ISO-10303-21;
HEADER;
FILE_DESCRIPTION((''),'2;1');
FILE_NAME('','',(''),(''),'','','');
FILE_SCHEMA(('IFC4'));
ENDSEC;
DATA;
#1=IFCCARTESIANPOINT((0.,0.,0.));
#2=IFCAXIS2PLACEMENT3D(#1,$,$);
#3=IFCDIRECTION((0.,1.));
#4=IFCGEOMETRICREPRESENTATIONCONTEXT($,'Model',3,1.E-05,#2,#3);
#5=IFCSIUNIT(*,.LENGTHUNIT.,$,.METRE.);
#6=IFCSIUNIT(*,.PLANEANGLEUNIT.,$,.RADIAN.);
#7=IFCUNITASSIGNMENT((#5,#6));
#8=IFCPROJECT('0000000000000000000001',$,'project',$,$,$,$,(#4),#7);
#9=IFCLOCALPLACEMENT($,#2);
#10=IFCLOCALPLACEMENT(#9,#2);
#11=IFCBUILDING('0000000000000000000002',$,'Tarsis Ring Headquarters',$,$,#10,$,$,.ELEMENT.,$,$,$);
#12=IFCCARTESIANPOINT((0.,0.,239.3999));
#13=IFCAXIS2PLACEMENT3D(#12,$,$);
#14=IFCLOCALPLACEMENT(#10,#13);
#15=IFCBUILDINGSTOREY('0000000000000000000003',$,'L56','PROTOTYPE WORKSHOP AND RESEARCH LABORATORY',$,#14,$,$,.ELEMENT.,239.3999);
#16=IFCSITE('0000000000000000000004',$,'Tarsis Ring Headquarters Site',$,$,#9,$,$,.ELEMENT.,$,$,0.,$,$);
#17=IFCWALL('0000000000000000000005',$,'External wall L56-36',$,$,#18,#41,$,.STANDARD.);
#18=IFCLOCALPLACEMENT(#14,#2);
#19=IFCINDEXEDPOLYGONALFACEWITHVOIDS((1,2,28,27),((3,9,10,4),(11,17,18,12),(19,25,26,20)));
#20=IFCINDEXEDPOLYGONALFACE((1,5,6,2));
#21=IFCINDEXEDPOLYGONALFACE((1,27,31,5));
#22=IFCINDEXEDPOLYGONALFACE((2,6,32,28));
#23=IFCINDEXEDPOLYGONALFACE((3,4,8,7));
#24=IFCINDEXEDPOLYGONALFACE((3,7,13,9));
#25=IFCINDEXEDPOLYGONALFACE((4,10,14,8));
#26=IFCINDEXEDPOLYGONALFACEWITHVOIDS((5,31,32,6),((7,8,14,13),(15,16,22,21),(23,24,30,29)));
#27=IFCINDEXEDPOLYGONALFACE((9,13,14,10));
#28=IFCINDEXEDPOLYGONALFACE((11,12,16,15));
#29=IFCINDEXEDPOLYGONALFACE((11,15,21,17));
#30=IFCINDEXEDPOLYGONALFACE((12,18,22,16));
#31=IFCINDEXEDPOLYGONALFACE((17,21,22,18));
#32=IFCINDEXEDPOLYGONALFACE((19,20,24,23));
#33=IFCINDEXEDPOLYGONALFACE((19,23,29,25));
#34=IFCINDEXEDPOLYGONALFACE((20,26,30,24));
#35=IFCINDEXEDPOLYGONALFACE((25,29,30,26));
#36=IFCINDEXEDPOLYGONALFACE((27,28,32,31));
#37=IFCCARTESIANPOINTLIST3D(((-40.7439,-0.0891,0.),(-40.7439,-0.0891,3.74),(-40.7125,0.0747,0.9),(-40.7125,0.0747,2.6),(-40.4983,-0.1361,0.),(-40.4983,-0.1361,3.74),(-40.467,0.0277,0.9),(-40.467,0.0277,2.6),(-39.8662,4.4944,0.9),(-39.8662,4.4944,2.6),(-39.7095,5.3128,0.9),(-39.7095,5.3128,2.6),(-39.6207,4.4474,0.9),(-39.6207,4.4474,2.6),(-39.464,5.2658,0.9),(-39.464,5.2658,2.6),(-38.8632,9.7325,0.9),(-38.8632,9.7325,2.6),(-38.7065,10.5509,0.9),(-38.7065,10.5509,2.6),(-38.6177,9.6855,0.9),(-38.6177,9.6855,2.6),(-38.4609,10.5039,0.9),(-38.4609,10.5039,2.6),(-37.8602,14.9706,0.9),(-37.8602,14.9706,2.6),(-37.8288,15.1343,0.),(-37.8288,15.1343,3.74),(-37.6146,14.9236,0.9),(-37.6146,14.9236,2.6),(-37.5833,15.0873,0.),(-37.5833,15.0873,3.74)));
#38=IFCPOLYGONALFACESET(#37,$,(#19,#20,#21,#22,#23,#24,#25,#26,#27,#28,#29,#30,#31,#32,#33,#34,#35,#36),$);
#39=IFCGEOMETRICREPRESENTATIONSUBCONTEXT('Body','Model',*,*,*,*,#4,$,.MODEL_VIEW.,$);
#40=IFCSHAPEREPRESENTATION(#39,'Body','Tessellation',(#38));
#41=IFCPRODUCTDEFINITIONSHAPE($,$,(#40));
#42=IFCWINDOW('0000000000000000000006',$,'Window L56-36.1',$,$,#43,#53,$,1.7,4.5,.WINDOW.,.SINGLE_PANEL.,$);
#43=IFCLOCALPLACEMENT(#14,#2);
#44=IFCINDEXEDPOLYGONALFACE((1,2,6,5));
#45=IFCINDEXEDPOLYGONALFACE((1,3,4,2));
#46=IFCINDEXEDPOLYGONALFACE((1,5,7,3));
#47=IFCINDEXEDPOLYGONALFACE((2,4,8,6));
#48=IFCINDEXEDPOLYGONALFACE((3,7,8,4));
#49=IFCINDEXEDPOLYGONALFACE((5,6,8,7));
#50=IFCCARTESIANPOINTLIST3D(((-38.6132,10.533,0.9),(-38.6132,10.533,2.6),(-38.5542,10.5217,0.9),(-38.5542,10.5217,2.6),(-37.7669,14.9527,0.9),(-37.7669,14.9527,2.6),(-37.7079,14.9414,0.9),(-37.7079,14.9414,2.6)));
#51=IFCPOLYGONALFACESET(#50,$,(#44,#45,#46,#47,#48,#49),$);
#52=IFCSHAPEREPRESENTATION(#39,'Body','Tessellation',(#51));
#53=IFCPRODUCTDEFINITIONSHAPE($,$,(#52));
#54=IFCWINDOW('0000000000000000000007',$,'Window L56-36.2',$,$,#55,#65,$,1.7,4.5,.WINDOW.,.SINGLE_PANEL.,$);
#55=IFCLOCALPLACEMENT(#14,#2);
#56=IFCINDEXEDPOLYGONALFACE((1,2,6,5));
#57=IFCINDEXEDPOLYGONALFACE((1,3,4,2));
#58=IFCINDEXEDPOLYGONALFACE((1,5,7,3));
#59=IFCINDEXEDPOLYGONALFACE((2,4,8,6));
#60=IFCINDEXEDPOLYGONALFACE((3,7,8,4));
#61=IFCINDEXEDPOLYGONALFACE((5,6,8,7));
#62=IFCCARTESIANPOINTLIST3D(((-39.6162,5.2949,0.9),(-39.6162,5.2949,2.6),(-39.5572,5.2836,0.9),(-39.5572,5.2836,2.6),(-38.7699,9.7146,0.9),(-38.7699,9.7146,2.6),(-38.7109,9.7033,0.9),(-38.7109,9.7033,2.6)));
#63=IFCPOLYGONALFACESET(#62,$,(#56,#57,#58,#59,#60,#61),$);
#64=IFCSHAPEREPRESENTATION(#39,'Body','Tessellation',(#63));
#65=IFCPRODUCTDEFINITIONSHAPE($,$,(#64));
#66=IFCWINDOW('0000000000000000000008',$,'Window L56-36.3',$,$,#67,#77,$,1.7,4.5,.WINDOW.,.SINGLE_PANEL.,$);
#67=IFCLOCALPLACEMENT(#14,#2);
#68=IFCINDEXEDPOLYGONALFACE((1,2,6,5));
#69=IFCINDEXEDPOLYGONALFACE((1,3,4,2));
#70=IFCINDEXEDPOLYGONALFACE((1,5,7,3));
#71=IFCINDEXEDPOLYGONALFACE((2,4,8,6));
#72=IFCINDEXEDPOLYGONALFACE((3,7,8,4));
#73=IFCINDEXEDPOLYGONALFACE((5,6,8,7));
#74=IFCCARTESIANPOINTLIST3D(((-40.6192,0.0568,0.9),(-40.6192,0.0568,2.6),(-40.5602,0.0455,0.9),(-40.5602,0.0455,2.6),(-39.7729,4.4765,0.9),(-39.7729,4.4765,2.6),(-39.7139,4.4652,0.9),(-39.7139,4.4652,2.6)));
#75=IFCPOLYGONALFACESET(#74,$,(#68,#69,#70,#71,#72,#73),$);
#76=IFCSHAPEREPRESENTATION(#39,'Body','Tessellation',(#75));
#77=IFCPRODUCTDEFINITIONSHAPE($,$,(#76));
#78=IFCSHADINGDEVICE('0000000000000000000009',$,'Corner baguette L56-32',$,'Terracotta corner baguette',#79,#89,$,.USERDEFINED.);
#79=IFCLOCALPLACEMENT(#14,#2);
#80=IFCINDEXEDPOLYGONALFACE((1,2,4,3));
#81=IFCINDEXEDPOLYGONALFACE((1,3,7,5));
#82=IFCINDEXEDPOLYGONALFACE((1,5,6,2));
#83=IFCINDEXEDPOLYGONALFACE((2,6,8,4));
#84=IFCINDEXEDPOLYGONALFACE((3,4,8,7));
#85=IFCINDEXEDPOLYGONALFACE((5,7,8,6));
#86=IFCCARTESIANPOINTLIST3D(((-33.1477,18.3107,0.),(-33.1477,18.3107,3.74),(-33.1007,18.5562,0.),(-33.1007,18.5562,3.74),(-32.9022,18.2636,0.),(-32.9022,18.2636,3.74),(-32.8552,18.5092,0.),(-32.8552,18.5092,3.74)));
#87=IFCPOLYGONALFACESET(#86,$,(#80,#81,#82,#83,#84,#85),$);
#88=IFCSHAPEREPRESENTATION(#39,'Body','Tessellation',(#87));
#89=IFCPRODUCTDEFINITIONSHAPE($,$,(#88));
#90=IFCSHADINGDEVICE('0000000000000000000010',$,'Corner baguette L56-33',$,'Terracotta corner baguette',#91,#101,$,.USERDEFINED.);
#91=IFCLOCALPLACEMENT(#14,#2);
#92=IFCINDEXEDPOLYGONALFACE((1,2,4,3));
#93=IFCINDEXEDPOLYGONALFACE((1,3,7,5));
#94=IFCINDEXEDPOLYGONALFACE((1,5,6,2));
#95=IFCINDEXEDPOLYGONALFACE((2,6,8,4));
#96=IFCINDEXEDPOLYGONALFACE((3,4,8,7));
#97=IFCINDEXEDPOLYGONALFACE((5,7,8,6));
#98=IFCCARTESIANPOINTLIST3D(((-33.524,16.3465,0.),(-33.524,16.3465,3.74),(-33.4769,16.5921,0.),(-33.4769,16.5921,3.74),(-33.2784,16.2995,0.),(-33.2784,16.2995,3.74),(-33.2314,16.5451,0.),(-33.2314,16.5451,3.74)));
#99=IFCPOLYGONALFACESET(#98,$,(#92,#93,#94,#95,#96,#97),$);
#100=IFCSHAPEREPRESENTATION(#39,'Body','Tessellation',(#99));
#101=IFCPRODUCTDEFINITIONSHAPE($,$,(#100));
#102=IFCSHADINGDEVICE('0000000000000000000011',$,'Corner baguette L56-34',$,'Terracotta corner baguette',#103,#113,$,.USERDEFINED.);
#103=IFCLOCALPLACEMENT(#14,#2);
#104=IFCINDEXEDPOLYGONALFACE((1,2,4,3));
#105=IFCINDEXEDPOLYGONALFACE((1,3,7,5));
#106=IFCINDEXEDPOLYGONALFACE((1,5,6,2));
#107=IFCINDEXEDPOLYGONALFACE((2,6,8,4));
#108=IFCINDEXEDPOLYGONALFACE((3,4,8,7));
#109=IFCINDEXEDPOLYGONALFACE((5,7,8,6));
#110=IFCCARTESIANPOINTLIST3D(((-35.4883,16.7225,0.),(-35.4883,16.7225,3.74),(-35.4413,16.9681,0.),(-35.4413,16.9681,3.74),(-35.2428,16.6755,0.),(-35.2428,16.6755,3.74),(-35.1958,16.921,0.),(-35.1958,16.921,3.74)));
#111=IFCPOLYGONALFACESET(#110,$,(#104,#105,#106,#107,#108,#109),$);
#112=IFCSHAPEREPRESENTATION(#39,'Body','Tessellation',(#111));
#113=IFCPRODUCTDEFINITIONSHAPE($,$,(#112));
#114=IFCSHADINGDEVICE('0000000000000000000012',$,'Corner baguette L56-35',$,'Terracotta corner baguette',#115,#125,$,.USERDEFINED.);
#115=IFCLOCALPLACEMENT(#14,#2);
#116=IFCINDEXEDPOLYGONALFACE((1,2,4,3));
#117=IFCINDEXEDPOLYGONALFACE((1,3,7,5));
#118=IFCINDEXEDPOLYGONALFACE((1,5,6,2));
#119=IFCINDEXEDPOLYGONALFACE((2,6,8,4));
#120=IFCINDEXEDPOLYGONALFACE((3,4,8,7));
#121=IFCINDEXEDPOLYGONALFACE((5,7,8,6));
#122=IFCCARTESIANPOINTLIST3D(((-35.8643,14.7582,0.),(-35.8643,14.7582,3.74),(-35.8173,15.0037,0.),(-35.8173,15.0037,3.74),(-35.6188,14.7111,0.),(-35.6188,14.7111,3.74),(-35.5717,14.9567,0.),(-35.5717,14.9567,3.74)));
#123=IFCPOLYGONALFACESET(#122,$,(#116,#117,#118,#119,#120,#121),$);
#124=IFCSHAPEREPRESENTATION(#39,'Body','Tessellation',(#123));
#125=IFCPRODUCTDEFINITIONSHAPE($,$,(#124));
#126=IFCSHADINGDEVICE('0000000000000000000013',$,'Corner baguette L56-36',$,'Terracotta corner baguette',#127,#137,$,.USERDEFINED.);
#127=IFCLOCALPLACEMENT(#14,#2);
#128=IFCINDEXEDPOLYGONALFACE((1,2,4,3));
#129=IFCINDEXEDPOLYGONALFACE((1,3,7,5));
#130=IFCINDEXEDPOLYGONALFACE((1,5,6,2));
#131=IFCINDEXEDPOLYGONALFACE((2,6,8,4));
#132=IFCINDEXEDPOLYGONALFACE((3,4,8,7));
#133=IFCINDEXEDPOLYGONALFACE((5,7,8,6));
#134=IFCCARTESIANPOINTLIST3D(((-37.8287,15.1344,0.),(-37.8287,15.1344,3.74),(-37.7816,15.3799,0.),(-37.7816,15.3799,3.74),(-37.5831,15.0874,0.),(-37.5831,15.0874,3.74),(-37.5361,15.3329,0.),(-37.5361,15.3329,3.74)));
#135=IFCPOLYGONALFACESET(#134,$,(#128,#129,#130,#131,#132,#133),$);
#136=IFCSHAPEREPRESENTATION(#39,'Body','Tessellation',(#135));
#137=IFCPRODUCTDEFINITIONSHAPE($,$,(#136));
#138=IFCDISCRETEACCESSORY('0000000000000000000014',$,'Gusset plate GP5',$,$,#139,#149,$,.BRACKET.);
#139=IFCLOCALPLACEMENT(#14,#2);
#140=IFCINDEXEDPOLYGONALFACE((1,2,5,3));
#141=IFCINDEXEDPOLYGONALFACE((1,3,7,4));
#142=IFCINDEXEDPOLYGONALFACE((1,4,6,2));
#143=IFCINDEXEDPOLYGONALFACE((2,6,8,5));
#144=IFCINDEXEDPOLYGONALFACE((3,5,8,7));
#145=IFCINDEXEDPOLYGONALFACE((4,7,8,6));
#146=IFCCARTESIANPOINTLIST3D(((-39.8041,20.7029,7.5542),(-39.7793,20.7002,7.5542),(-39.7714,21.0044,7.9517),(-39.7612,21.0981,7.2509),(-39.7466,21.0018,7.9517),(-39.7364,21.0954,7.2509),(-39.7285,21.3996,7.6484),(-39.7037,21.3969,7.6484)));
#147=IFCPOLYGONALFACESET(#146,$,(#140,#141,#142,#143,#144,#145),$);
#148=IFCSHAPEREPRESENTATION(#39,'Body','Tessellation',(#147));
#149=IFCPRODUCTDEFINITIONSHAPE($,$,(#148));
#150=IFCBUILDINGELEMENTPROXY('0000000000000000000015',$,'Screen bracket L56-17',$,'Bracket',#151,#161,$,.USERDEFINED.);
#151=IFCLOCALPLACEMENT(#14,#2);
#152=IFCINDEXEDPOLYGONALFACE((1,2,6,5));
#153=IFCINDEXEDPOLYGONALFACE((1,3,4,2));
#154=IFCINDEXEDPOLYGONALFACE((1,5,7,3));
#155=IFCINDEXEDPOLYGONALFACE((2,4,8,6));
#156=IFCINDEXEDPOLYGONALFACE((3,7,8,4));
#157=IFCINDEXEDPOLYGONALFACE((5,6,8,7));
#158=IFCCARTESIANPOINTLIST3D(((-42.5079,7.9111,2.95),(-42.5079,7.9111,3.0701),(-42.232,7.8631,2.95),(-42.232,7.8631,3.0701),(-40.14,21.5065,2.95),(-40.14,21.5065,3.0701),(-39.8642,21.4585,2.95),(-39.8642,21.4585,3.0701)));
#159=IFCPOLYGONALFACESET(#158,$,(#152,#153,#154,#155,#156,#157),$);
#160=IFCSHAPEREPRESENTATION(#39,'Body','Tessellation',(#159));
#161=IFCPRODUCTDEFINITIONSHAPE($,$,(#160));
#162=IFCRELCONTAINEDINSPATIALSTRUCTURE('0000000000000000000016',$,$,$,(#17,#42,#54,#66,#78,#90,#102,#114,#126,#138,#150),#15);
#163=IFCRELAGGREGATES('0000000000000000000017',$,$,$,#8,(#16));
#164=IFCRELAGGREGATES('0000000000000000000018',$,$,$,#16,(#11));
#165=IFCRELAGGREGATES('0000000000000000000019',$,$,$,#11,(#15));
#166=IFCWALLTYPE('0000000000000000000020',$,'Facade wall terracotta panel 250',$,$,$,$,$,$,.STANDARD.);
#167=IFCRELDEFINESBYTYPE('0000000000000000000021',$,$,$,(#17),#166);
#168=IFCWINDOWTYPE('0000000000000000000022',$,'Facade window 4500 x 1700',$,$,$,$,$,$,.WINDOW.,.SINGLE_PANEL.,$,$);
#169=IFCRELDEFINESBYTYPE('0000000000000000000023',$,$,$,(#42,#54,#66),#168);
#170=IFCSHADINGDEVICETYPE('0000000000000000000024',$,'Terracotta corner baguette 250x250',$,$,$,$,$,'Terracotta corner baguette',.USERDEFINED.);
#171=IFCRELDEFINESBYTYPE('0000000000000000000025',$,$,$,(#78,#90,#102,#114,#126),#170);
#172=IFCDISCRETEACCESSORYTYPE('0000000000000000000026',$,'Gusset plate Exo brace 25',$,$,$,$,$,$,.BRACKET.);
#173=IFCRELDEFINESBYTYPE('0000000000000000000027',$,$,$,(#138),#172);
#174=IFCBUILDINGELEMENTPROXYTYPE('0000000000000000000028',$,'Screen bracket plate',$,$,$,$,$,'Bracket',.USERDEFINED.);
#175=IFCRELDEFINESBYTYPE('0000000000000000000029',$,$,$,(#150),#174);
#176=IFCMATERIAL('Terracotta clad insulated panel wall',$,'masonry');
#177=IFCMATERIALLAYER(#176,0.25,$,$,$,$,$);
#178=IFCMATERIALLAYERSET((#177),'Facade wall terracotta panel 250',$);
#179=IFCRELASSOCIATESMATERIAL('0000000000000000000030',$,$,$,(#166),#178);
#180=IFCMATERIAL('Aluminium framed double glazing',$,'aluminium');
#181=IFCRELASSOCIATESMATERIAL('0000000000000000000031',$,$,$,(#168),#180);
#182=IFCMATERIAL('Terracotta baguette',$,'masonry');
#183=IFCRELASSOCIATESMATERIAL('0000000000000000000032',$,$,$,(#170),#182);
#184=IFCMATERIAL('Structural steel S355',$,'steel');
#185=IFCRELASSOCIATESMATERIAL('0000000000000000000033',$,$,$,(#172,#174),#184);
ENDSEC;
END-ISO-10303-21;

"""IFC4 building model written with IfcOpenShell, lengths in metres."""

from ifc_helpers import new_model, si_unit, direction, frame, frame_2d, origin, origin_2d, place, context, subcontext, project, spatial, rectangle, extrude, material, layer, layer_set, material_profile, profile_set, type_object, element, fill, save


model = new_model("IFC4")

# Units and contexts
model_context = context("Model", 3, precision=1e-05, world=origin(), true_north=direction((0.0, 1.0)))
body_context = subcontext(model_context, "Body", "Model", "MODEL_VIEW")
ifc_project = project(units=[si_unit("LENGTHUNIT", "METRE"), si_unit("PLANEANGLEUNIT", "RADIAN")], contexts=[model_context])

# Site, building, storey
site_placement = place(None, origin())
site = spatial("IfcSite", under=ifc_project, at=site_placement, Name="Tarsis Ring Headquarters Site", CompositionType="ELEMENT", RefElevation=0.0)
building_placement = place(site_placement, origin())
building = spatial("IfcBuilding", under=site, at=building_placement, Name="Tarsis Ring Headquarters", CompositionType="ELEMENT")
storey_placement = place(building_placement, frame((0.0, 0.0, 239.3999)))
storey = spatial("IfcBuildingStorey", under=building, at=storey_placement, Name="L56", Description="PROTOTYPE WORKSHOP AND RESEARCH LABORATORY", CompositionType="ELEMENT", Elevation=239.3999)

# Shared definitions
ifc_material_1 = material(Name="Structural steel S355", Category="steel")

# Shared definitions
ifc_material_2 = material(Name="Terracotta clad insulated panel wall", Category="masonry")
ifc_layer = layer(ifc_material_2, 0.25)
ifc_layer_set = layer_set([ifc_layer], Name="Facade wall terracotta panel 250")
wall_type = type_object("IfcWallType", Name="Facade wall terracotta panel 250", PredefinedType="STANDARD", material=ifc_layer_set)

# Wall, openings, windows
wall_1_placement = place(storey_placement, frame((-37.7061, 15.1108, 0.0), z_axis=(0.0, 0.0, 1.0), x_axis=(-0.188067, -0.982156, 0.0)))
wall_1 = element("IfcWall", 1, at=wall_1_placement, inside=storey, type_object=wall_type, Name="External wall L56-36", PredefinedType="STANDARD", context=body_context, shape_type="SweptSolid", body=[
    extrude(rectangle(XDim=15.5, YDim=0.25, at=frame_2d((7.75, 0.0))), origin(), (0.0, 0.0, 1.0), 3.74),
])
opening_1_placement = place(wall_1_placement, frame((0.1667, 0.0, 0.8999)))
opening_1 = element("IfcOpeningElement", 2, at=opening_1_placement, cuts=wall_1, PredefinedType="OPENING", context=body_context, shape_type="SweptSolid", body=[
    extrude(rectangle(XDim=4.5, YDim=1.7, at=frame_2d((2.25, 0.8501))), frame((0.0, 0.135, 0.0), z_axis=(0.0, -1.0, 0.0), x_axis=(1.0, 0.0, 0.0)), (0.0, 0.0, 1.0), 0.27),
])
opening_2_placement = place(wall_1_placement, frame((5.5, 0.0, 0.8999)))
opening_2 = element("IfcOpeningElement", 3, at=opening_2_placement, cuts=wall_1, PredefinedType="OPENING", context=body_context, shape_type="SweptSolid", body=[
    extrude(rectangle(XDim=4.5, YDim=1.7, at=frame_2d((2.25, 0.8501))), frame((0.0, 0.135, 0.0), z_axis=(0.0, -1.0, 0.0), x_axis=(1.0, 0.0, 0.0)), (0.0, 0.0, 1.0), 0.27),
])
opening_3_placement = place(wall_1_placement, frame((10.8333, 0.0, 0.8999)))
opening_3 = element("IfcOpeningElement", 4, at=opening_3_placement, cuts=wall_1, PredefinedType="OPENING", context=body_context, shape_type="SweptSolid", body=[
    extrude(rectangle(XDim=4.5, YDim=1.7, at=frame_2d((2.25, 0.8501))), frame((0.0, 0.135, 0.0), z_axis=(0.0, -1.0, 0.0), x_axis=(1.0, 0.0, 0.0)), (0.0, 0.0, 1.0), 0.27),
])
ifc_material_3 = material(Name="Aluminium framed double glazing", Category="aluminium")
window_type = type_object("IfcWindowType", Name="Facade window 4500 x 1700", PartitioningType="SINGLE_PANEL", PredefinedType="WINDOW", material=ifc_material_3)
window_1_placement = place(opening_1_placement, origin())
window_1 = element("IfcWindow", 5, at=window_1_placement, inside=storey, type_object=window_type, Name="Window L56-36.1", OverallHeight=1.7, OverallWidth=4.5, PartitioningType="SINGLE_PANEL", PredefinedType="WINDOW", context=body_context, shape_type="SweptSolid", body=[
    extrude(rectangle(XDim=4.5, YDim=1.7, at=frame_2d((2.25, 0.8501))), frame((0.0, 0.03, 0.0), z_axis=(0.0, -1.0, 0.0), x_axis=(1.0, 0.0, 0.0)), (0.0, 0.0, 1.0), 0.0601),
])
fill(opening_1, window_1)
window_2_placement = place(opening_2_placement, origin())
window_2 = element("IfcWindow", 6, at=window_2_placement, inside=storey, type_object=window_type, Name="Window L56-36.2", OverallHeight=1.7, OverallWidth=4.5, PartitioningType="SINGLE_PANEL", PredefinedType="WINDOW", context=body_context, shape_type="SweptSolid", body=[
    extrude(rectangle(XDim=4.5, YDim=1.7, at=frame_2d((2.25, 0.8501))), frame((0.0, 0.03, 0.0), z_axis=(0.0, -1.0, 0.0), x_axis=(1.0, 0.0, 0.0)), (0.0, 0.0, 1.0), 0.0601),
])
fill(opening_2, window_2)
window_3_placement = place(opening_3_placement, origin())
window_3 = element("IfcWindow", 7, at=window_3_placement, inside=storey, type_object=window_type, Name="Window L56-36.3", OverallHeight=1.7, OverallWidth=4.5, PartitioningType="SINGLE_PANEL", PredefinedType="WINDOW", context=body_context, shape_type="SweptSolid", body=[
    extrude(rectangle(XDim=4.5, YDim=1.7, at=frame_2d((2.25, 0.8501))), frame((0.0, 0.03, 0.0), z_axis=(0.0, -1.0, 0.0), x_axis=(1.0, 0.0, 0.0)), (0.0, 0.0, 1.0), 0.0601),
])
fill(opening_3, window_3)

# Shading devices
ifc_material_4 = material(Name="Terracotta baguette", Category="masonry")
shading_device_type_1 = type_object("IfcShadingDeviceType", Name="Terracotta corner baguette 250x250", ElementType="Terracotta corner baguette", PredefinedType="USERDEFINED", material=ifc_material_4)
for number, where, z_axis, x_axis, name in (
    (8, (-33.0015, 18.4099, 0.0), (0.0, 0.0, 1.0), (-0.982156, 0.188067, 0.0), "Corner baguette L56-32"),
    (9, (-33.3777, 16.4458, 0.0), (0.0, 0.0, 1.0), (-0.188067, -0.982156, 0.0), "Corner baguette L56-33"),
    (10, (-35.342, 16.8218, 0.0), (0.0, 0.0, 1.0), (-0.982156, 0.188067, 0.0), "Corner baguette L56-34"),
    (11, (-35.718, 14.8574, 0.0), (0.0, 0.0, 1.0), (-0.188067, -0.982156, 0.0), "Corner baguette L56-35"),
    (12, (-37.6824, 15.2336, 0.0), (0.0, 0.0, 1.0), (-0.982156, 0.188067, 0.0), "Corner baguette L56-36"),
):
    element("IfcShadingDevice", number, at=place(storey_placement, frame(where, z_axis=z_axis, x_axis=x_axis)), inside=storey, type_object=shading_device_type_1, Name=name, ObjectType="Terracotta corner baguette", PredefinedType="USERDEFINED", context=body_context, shape_type="SweptSolid", body=[
        extrude(rectangle(XDim=0.25, YDim=0.25, at=origin_2d()), origin(), (0.0, 0.0, 1.0), 3.74),
    ])

# Discrete accessory
ifc_material_profile_1 = material_profile(ifc_material_1, rectangle(XDim=0.0249, YDim=0.5, at=origin_2d()), Name="PL 25x500")
ifc_profile_set_1 = profile_set([ifc_material_profile_1], Name="Structural steel S355")
discrete_accessory_type = type_object("IfcDiscreteAccessoryType", Name="Gusset plate Exo brace 25", PredefinedType="BRACKET", material=ifc_profile_set_1)
discrete_accessory_placement = place(storey_placement, frame((-39.7375, 21.2007, 7.8), z_axis=(-0.065435, -0.60308, -0.794992), x_axis=(0.994165, -0.107869, 0.0)))
element("IfcDiscreteAccessory", 13, at=discrete_accessory_placement, inside=storey, type_object=discrete_accessory_type, Name="Gusset plate GP5", PredefinedType="BRACKET", context=body_context, shape_type="SweptSolid", body=[
    extrude(rectangle(XDim=0.0249, YDim=0.5, at=origin_2d()), origin(), (0.0, 0.0, 1.0), 0.5),
])

# Building element proxy
building_element_proxy_type = type_object("IfcBuildingElementProxyType", Name="Screen bracket plate", ElementType="Bracket", PredefinedType="USERDEFINED", material=ifc_material_1)
proxy_placement = place(storey_placement, frame((-41.186, 14.6848, 2.95), z_axis=(0.0, 0.0, 1.0), x_axis=(-0.171585, -0.985169, 0.0)))
element("IfcBuildingElementProxy", 14, at=proxy_placement, inside=storey, type_object=building_element_proxy_type, Name="Screen bracket L56-17", ObjectType="Bracket", PredefinedType="USERDEFINED", context=body_context, shape_type="SweptSolid", body=[
    extrude(rectangle(XDim=13.8, YDim=0.28, at=origin_2d()), origin(), (0.0, 0.0, 1.0), 0.1201),
])

save(model, "model.ifc")
